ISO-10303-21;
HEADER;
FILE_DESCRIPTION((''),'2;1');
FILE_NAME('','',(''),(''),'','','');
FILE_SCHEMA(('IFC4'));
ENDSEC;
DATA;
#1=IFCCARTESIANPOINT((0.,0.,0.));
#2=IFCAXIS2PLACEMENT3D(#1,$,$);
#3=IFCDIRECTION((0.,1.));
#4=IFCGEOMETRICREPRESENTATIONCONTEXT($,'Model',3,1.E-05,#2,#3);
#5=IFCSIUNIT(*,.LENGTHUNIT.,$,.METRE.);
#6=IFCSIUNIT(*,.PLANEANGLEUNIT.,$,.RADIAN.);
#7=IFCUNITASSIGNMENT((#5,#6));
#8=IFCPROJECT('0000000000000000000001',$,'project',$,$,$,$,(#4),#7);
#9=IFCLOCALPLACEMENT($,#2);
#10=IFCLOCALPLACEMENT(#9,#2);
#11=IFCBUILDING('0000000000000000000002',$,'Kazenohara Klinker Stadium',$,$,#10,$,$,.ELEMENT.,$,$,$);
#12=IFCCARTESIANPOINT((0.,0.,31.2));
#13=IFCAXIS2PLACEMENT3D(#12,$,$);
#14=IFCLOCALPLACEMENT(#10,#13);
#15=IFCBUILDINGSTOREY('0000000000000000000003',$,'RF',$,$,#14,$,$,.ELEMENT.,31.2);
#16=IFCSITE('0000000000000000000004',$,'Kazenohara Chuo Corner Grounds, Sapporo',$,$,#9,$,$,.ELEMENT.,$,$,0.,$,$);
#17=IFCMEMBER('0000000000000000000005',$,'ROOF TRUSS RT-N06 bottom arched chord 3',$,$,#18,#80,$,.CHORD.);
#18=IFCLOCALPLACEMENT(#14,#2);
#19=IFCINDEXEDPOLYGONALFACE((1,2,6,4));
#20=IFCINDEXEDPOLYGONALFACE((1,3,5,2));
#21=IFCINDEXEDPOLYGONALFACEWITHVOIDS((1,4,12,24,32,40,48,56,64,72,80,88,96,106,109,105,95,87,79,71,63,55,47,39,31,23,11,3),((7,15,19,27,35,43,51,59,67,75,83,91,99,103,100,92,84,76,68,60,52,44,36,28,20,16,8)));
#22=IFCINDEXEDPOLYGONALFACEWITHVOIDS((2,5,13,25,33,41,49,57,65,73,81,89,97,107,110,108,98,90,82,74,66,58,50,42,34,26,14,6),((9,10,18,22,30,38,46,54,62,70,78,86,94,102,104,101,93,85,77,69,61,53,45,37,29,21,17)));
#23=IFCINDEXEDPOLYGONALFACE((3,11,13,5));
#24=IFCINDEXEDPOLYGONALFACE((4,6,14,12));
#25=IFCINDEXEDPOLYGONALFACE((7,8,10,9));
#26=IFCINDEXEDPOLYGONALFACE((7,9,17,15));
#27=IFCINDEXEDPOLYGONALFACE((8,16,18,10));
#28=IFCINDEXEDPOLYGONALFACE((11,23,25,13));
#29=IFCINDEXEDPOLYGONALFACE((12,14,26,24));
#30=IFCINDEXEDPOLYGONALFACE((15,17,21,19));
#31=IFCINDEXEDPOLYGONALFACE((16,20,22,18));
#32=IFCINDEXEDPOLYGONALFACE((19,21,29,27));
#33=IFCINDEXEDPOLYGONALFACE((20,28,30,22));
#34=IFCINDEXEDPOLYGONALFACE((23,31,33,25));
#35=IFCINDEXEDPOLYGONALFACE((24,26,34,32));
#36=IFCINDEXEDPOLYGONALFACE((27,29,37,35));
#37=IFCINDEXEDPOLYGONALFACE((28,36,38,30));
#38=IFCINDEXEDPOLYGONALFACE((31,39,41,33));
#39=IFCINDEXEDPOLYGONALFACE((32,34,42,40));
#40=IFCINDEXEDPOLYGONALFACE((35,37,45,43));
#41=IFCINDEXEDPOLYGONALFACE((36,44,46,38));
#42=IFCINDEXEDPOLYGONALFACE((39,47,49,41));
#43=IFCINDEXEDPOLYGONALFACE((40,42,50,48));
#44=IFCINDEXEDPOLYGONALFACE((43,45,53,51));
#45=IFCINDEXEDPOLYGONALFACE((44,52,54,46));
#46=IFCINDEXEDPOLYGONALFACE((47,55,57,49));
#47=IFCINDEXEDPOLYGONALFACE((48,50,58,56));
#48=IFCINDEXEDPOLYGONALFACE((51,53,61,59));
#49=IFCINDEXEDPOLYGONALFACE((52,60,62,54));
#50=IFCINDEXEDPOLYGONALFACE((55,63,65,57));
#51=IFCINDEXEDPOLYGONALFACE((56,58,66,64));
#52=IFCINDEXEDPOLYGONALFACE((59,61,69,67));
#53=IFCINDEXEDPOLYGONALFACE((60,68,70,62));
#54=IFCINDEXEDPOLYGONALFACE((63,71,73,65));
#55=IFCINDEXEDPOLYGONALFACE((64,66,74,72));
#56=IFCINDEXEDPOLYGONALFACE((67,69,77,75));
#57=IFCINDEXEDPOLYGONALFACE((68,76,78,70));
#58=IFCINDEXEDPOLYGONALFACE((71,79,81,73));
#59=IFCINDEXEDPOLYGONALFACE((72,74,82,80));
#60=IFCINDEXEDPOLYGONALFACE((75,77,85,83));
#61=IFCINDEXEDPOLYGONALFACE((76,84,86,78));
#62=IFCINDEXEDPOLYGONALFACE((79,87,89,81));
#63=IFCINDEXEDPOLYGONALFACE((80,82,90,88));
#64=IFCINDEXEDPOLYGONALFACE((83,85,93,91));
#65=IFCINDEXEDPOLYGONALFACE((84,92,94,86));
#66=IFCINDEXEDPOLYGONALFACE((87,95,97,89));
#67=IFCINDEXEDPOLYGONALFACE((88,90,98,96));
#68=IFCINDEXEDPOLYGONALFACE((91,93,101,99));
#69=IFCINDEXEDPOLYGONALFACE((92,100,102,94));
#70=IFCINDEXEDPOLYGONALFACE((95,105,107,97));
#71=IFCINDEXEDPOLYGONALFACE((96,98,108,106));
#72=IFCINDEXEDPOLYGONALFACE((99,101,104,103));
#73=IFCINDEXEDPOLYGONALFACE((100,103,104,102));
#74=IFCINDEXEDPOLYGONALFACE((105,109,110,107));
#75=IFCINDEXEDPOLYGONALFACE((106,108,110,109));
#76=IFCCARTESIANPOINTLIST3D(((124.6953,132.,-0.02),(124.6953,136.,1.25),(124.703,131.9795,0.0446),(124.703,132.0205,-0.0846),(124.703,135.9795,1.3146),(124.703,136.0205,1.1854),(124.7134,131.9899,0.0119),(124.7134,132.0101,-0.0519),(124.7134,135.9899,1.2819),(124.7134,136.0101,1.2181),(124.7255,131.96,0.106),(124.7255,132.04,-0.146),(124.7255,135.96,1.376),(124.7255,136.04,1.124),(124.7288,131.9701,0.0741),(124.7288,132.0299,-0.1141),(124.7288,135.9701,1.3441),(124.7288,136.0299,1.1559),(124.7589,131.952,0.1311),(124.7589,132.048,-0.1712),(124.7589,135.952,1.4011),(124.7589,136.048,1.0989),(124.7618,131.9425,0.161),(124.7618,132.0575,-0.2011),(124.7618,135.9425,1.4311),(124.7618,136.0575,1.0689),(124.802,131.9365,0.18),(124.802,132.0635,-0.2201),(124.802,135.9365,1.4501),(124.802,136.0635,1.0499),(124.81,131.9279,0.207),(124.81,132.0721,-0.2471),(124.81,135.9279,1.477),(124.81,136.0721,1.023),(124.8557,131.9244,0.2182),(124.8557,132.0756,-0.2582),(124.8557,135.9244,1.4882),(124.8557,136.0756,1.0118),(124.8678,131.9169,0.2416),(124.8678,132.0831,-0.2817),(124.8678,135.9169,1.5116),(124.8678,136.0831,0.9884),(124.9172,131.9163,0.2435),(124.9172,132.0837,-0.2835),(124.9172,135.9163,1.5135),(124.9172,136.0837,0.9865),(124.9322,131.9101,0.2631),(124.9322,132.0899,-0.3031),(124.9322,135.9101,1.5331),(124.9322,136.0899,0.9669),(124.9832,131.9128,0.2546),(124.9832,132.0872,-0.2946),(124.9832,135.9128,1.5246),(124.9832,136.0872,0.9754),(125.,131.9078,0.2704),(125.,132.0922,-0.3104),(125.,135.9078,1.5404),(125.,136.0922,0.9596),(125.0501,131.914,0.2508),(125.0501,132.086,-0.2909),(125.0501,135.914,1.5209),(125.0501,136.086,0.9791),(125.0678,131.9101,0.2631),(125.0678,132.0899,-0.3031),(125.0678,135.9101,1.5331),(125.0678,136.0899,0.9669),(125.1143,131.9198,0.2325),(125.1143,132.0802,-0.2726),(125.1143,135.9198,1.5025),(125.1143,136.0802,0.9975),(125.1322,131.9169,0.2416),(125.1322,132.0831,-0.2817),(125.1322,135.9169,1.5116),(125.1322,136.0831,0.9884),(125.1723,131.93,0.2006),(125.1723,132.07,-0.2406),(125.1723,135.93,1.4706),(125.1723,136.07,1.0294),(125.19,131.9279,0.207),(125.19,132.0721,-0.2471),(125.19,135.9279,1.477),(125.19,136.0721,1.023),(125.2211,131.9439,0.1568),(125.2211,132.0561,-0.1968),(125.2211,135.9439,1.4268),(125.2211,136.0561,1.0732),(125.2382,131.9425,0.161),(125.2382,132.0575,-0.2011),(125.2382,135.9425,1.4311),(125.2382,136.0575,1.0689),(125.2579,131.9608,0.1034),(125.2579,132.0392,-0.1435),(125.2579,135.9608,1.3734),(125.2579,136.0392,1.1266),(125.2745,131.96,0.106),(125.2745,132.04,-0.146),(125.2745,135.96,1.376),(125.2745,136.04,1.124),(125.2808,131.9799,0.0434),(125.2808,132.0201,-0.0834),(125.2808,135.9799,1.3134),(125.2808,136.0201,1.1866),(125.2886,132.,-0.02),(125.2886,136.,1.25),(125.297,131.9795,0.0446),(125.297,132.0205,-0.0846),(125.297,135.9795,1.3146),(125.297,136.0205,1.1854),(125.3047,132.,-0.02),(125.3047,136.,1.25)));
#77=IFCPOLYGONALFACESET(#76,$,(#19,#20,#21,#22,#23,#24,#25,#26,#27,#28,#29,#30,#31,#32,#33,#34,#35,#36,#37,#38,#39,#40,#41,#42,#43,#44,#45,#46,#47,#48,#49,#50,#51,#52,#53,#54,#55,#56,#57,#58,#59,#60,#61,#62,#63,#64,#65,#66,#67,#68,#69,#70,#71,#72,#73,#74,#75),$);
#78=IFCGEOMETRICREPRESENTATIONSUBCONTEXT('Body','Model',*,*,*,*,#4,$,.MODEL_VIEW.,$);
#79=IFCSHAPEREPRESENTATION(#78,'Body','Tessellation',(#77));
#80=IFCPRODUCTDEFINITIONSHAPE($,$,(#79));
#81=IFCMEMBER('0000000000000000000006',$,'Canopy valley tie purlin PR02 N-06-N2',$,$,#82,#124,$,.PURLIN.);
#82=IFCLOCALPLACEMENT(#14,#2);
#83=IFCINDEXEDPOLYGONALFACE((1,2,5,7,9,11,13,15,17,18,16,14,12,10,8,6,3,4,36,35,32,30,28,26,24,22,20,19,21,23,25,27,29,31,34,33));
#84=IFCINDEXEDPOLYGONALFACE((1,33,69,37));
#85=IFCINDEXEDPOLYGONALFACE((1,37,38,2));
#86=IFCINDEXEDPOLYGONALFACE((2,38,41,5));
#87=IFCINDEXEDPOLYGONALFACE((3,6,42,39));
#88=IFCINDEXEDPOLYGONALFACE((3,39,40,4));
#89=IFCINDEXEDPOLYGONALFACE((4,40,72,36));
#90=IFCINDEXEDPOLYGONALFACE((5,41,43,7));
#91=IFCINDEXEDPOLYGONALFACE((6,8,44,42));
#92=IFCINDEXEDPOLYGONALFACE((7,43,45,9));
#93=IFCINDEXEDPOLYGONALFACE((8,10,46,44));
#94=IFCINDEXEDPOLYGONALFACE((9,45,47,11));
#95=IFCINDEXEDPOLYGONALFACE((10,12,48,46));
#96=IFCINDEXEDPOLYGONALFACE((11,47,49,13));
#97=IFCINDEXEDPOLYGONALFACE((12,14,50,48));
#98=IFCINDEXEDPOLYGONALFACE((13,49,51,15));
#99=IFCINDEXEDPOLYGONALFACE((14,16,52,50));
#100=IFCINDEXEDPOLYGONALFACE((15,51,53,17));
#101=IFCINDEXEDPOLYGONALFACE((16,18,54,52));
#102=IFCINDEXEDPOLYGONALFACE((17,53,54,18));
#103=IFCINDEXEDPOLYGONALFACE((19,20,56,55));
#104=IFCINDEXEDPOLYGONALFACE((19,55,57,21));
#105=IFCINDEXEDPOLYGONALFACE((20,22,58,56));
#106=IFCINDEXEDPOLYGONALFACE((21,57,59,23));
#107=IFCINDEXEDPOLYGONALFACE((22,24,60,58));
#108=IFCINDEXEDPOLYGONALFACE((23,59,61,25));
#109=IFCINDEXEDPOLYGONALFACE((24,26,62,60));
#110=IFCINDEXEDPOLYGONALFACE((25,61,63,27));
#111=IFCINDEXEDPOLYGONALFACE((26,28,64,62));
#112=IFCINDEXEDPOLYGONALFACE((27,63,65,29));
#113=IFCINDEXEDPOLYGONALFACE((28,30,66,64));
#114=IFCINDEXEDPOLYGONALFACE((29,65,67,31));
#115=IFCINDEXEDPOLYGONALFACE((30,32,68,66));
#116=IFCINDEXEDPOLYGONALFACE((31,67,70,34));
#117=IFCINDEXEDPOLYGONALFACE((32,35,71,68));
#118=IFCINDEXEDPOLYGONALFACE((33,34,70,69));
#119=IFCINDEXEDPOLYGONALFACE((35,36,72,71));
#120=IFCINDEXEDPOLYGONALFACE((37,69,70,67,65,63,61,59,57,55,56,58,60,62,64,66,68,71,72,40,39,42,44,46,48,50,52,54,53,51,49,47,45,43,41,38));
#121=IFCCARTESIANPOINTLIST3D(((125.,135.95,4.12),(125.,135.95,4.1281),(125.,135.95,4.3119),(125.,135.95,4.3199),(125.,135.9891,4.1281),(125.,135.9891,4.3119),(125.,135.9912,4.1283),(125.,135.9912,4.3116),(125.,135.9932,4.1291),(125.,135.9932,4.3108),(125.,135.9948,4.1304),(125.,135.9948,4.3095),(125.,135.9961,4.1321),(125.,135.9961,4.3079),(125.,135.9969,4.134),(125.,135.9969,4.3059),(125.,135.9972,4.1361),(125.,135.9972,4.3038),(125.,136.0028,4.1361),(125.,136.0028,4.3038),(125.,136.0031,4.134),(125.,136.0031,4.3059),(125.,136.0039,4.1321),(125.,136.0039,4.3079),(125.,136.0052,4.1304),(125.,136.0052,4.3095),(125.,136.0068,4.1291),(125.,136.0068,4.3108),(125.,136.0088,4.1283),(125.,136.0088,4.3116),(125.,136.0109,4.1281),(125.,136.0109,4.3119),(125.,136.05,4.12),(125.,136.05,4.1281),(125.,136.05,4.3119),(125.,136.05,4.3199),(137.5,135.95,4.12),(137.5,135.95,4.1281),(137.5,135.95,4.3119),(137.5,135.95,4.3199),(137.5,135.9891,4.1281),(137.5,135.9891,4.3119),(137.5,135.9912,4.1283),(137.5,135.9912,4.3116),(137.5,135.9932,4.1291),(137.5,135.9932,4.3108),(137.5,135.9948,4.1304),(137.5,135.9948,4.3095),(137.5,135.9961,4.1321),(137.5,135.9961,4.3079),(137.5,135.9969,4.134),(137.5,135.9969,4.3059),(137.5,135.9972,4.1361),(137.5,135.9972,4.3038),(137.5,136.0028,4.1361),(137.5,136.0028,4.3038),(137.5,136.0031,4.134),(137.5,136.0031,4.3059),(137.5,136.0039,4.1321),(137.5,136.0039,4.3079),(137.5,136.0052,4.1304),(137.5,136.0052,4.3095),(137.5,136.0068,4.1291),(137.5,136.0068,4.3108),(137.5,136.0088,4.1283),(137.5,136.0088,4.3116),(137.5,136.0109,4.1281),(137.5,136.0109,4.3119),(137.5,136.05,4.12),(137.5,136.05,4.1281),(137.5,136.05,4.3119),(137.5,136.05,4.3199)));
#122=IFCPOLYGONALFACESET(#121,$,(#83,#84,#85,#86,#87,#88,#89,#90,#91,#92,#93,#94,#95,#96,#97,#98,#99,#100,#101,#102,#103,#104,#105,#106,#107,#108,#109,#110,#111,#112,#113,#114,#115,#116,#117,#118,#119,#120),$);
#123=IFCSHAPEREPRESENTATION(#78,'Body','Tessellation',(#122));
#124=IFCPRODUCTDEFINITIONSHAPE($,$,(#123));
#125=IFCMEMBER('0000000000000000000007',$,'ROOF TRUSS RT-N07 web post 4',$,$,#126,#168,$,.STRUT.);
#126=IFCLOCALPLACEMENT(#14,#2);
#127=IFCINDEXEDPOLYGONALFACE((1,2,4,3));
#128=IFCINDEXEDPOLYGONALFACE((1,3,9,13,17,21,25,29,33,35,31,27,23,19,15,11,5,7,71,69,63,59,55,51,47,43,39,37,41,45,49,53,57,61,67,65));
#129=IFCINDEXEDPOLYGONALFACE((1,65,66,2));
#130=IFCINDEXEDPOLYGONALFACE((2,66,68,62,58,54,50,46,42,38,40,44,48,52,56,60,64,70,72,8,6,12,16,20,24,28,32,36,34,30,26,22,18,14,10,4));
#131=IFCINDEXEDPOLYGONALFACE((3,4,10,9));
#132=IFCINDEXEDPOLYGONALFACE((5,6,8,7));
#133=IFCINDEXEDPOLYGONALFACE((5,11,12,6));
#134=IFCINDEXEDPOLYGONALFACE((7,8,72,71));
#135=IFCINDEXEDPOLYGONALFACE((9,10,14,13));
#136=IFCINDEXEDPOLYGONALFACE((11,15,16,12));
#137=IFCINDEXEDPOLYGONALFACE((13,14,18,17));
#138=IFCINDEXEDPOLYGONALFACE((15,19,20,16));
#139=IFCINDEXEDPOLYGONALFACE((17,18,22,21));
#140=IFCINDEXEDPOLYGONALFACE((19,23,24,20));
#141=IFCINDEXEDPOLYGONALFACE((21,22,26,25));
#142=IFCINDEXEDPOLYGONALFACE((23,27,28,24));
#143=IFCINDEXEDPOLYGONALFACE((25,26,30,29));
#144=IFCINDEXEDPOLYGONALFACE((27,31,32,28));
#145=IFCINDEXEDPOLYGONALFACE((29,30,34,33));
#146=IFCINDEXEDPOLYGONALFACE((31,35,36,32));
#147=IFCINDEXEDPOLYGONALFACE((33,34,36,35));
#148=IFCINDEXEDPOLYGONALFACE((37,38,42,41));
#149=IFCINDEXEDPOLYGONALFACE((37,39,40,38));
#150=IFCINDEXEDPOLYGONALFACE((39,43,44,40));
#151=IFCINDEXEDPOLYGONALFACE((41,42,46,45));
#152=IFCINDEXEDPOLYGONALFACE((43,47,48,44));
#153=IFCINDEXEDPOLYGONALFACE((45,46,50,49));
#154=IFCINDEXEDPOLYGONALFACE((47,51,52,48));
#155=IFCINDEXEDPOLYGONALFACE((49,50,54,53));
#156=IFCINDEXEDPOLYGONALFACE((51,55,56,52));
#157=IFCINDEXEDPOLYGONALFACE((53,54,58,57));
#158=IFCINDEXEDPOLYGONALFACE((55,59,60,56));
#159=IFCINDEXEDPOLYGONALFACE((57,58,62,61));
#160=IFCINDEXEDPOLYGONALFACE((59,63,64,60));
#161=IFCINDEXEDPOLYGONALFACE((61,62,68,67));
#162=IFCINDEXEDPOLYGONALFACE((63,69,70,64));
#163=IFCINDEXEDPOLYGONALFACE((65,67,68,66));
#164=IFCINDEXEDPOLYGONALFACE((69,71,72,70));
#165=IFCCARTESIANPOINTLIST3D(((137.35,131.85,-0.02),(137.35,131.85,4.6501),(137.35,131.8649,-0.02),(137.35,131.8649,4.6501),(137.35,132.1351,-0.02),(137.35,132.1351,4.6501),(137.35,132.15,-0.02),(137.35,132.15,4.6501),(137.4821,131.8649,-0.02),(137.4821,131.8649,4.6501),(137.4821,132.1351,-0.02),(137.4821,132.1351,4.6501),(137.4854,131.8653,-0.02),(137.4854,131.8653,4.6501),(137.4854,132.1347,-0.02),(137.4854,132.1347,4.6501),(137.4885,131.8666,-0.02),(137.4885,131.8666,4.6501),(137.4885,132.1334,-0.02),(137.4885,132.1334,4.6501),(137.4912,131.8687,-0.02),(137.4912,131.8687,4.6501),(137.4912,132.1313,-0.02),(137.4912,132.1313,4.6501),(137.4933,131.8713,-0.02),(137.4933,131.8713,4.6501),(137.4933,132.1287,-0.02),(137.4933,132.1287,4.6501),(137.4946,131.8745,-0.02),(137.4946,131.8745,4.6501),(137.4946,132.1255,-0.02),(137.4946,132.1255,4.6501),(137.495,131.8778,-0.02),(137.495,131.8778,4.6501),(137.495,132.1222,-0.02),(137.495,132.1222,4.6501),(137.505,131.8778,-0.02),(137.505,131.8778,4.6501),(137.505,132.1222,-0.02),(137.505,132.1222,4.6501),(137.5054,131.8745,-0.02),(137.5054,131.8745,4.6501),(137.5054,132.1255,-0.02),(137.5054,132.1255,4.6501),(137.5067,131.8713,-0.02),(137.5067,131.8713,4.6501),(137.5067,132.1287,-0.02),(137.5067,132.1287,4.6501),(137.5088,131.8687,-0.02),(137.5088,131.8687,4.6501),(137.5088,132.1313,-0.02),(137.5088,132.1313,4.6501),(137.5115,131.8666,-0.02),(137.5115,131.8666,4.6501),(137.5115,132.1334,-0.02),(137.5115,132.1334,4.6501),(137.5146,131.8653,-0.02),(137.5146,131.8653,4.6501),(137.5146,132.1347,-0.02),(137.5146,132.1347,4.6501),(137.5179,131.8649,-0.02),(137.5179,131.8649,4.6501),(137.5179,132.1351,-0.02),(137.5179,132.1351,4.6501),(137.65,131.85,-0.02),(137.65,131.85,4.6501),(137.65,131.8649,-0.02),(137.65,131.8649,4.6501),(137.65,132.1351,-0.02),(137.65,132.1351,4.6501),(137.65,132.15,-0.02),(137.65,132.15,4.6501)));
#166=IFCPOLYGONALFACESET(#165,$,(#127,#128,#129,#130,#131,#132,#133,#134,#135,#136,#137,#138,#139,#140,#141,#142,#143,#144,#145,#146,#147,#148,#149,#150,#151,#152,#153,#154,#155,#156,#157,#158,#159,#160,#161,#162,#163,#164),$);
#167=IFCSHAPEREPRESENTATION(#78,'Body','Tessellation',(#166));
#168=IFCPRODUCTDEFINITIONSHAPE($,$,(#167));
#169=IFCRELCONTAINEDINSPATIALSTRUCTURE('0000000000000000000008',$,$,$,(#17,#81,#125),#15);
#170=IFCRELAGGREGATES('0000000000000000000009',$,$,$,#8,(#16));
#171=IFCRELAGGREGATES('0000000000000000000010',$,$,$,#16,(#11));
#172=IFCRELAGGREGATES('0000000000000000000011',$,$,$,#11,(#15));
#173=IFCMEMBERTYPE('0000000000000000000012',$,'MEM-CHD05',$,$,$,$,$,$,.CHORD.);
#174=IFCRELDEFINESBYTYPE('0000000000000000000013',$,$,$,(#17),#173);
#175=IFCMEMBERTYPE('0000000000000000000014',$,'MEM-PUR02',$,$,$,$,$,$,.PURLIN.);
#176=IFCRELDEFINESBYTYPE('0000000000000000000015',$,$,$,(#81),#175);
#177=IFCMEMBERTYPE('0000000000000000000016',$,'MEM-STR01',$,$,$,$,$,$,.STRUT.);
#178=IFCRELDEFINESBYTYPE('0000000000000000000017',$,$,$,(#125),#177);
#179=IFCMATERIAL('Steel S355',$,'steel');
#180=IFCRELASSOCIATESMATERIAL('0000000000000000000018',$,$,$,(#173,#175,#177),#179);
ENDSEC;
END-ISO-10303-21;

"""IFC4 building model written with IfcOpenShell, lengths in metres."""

from ifc_helpers import new_model, si_unit, direction, frame, origin, origin_2d, place, context, subcontext, project, spatial, hollow_circle, i_section, extrude, material, material_profile, profile_set, type_object, element, save


model = new_model("IFC4")

# Units and contexts
model_context = context("Model", 3, precision=1e-05, world=origin(), true_north=direction((0.0, 1.0)))
body_context = subcontext(model_context, "Body", "Model", "MODEL_VIEW")
ifc_project = project(units=[si_unit("LENGTHUNIT", "METRE"), si_unit("PLANEANGLEUNIT", "RADIAN")], contexts=[model_context])

# Site, building, storey
site_placement = place(None, origin())
site = spatial("IfcSite", under=ifc_project, at=site_placement, Name="Kazenohara Chuo Corner Grounds, Sapporo", CompositionType="ELEMENT", RefElevation=0.0)
building_placement = place(site_placement, origin())
building = spatial("IfcBuilding", under=site, at=building_placement, Name="Kazenohara Klinker Stadium", CompositionType="ELEMENT")
storey_placement = place(building_placement, frame((0.0, 0.0, 31.2)))
storey = spatial("IfcBuildingStorey", under=building, at=storey_placement, Name="RF", CompositionType="ELEMENT", Elevation=31.2)

# Members
ifc_material_1 = material(Name="Steel S355", Category="steel")
ifc_material_profile_1 = material_profile(ifc_material_1, hollow_circle(Radius=0.3047, WallThickness=0.0161, at=origin_2d()), Name="CHS-609.6x16")
ifc_profile_set_1 = profile_set([ifc_material_profile_1], Name="Steel S355")
member_type_1 = type_object("IfcMemberType", Name="MEM-CHD05", PredefinedType="CHORD", material=ifc_profile_set_1)
member_1_placement = place(storey_placement, frame((125.0, 136.0, 1.25), z_axis=(0.0, -0.953112, -0.302618), x_axis=(1.0, 0.0, 0.0)))
element("IfcMember", 1, at=member_1_placement, inside=storey, type_object=member_type_1, Name="ROOF TRUSS RT-N06 bottom arched chord 3", PredefinedType="CHORD", context=body_context, shape_type="SweptSolid", body=[
    extrude(hollow_circle(Radius=0.3047, WallThickness=0.0161, at=origin_2d()), origin(), (0.0, 0.0, 1.0), 4.1968),
])
ifc_material_profile_2 = material_profile(ifc_material_1, i_section(OverallWidth=0.1001, OverallDepth=0.2, WebThickness=0.0056, FlangeThickness=0.0081, FilletRadius=0.0081, at=origin_2d()), Name="H-200x100x5.5x8")
ifc_profile_set_2 = profile_set([ifc_material_profile_2], Name="Steel S355")
member_type_2 = type_object("IfcMemberType", Name="MEM-PUR02", PredefinedType="PURLIN", material=ifc_profile_set_2)
member_2_placement = place(storey_placement, frame((125.0, 136.0, 4.22), z_axis=(1.0, 0.0, 0.0), x_axis=(0.0, 1.0, 0.0)))
element("IfcMember", 2, at=member_2_placement, inside=storey, type_object=member_type_2, Name="Canopy valley tie purlin PR02 N-06-N2", PredefinedType="PURLIN", context=body_context, shape_type="SweptSolid", body=[
    extrude(i_section(OverallWidth=0.1001, OverallDepth=0.2, WebThickness=0.0056, FlangeThickness=0.0081, FilletRadius=0.0081, at=origin_2d()), origin(), (0.0, 0.0, 1.0), 12.5),
])
ifc_material_profile_3 = material_profile(ifc_material_1, i_section(OverallWidth=0.3, OverallDepth=0.3, WebThickness=0.01, FlangeThickness=0.0149, FilletRadius=0.0129, at=origin_2d()), Name="H-300x300x10x15")
ifc_profile_set_3 = profile_set([ifc_material_profile_3], Name="Steel S355")
member_type_3 = type_object("IfcMemberType", Name="MEM-STR01", PredefinedType="STRUT", material=ifc_profile_set_3)
member_3_placement = place(storey_placement, frame((137.5, 132.0, -0.02), z_axis=(0.0, 0.0, 1.0), x_axis=(1.0, 0.0, 0.0)))
element("IfcMember", 3, at=member_3_placement, inside=storey, type_object=member_type_3, Name="ROOF TRUSS RT-N07 web post 4", PredefinedType="STRUT", context=body_context, shape_type="SweptSolid", body=[
    extrude(i_section(OverallWidth=0.3, OverallDepth=0.3, WebThickness=0.01, FlangeThickness=0.0149, FilletRadius=0.0129, at=origin_2d()), origin(), (0.0, 0.0, 1.0), 4.6702),
])

save(model, "model.ifc")
